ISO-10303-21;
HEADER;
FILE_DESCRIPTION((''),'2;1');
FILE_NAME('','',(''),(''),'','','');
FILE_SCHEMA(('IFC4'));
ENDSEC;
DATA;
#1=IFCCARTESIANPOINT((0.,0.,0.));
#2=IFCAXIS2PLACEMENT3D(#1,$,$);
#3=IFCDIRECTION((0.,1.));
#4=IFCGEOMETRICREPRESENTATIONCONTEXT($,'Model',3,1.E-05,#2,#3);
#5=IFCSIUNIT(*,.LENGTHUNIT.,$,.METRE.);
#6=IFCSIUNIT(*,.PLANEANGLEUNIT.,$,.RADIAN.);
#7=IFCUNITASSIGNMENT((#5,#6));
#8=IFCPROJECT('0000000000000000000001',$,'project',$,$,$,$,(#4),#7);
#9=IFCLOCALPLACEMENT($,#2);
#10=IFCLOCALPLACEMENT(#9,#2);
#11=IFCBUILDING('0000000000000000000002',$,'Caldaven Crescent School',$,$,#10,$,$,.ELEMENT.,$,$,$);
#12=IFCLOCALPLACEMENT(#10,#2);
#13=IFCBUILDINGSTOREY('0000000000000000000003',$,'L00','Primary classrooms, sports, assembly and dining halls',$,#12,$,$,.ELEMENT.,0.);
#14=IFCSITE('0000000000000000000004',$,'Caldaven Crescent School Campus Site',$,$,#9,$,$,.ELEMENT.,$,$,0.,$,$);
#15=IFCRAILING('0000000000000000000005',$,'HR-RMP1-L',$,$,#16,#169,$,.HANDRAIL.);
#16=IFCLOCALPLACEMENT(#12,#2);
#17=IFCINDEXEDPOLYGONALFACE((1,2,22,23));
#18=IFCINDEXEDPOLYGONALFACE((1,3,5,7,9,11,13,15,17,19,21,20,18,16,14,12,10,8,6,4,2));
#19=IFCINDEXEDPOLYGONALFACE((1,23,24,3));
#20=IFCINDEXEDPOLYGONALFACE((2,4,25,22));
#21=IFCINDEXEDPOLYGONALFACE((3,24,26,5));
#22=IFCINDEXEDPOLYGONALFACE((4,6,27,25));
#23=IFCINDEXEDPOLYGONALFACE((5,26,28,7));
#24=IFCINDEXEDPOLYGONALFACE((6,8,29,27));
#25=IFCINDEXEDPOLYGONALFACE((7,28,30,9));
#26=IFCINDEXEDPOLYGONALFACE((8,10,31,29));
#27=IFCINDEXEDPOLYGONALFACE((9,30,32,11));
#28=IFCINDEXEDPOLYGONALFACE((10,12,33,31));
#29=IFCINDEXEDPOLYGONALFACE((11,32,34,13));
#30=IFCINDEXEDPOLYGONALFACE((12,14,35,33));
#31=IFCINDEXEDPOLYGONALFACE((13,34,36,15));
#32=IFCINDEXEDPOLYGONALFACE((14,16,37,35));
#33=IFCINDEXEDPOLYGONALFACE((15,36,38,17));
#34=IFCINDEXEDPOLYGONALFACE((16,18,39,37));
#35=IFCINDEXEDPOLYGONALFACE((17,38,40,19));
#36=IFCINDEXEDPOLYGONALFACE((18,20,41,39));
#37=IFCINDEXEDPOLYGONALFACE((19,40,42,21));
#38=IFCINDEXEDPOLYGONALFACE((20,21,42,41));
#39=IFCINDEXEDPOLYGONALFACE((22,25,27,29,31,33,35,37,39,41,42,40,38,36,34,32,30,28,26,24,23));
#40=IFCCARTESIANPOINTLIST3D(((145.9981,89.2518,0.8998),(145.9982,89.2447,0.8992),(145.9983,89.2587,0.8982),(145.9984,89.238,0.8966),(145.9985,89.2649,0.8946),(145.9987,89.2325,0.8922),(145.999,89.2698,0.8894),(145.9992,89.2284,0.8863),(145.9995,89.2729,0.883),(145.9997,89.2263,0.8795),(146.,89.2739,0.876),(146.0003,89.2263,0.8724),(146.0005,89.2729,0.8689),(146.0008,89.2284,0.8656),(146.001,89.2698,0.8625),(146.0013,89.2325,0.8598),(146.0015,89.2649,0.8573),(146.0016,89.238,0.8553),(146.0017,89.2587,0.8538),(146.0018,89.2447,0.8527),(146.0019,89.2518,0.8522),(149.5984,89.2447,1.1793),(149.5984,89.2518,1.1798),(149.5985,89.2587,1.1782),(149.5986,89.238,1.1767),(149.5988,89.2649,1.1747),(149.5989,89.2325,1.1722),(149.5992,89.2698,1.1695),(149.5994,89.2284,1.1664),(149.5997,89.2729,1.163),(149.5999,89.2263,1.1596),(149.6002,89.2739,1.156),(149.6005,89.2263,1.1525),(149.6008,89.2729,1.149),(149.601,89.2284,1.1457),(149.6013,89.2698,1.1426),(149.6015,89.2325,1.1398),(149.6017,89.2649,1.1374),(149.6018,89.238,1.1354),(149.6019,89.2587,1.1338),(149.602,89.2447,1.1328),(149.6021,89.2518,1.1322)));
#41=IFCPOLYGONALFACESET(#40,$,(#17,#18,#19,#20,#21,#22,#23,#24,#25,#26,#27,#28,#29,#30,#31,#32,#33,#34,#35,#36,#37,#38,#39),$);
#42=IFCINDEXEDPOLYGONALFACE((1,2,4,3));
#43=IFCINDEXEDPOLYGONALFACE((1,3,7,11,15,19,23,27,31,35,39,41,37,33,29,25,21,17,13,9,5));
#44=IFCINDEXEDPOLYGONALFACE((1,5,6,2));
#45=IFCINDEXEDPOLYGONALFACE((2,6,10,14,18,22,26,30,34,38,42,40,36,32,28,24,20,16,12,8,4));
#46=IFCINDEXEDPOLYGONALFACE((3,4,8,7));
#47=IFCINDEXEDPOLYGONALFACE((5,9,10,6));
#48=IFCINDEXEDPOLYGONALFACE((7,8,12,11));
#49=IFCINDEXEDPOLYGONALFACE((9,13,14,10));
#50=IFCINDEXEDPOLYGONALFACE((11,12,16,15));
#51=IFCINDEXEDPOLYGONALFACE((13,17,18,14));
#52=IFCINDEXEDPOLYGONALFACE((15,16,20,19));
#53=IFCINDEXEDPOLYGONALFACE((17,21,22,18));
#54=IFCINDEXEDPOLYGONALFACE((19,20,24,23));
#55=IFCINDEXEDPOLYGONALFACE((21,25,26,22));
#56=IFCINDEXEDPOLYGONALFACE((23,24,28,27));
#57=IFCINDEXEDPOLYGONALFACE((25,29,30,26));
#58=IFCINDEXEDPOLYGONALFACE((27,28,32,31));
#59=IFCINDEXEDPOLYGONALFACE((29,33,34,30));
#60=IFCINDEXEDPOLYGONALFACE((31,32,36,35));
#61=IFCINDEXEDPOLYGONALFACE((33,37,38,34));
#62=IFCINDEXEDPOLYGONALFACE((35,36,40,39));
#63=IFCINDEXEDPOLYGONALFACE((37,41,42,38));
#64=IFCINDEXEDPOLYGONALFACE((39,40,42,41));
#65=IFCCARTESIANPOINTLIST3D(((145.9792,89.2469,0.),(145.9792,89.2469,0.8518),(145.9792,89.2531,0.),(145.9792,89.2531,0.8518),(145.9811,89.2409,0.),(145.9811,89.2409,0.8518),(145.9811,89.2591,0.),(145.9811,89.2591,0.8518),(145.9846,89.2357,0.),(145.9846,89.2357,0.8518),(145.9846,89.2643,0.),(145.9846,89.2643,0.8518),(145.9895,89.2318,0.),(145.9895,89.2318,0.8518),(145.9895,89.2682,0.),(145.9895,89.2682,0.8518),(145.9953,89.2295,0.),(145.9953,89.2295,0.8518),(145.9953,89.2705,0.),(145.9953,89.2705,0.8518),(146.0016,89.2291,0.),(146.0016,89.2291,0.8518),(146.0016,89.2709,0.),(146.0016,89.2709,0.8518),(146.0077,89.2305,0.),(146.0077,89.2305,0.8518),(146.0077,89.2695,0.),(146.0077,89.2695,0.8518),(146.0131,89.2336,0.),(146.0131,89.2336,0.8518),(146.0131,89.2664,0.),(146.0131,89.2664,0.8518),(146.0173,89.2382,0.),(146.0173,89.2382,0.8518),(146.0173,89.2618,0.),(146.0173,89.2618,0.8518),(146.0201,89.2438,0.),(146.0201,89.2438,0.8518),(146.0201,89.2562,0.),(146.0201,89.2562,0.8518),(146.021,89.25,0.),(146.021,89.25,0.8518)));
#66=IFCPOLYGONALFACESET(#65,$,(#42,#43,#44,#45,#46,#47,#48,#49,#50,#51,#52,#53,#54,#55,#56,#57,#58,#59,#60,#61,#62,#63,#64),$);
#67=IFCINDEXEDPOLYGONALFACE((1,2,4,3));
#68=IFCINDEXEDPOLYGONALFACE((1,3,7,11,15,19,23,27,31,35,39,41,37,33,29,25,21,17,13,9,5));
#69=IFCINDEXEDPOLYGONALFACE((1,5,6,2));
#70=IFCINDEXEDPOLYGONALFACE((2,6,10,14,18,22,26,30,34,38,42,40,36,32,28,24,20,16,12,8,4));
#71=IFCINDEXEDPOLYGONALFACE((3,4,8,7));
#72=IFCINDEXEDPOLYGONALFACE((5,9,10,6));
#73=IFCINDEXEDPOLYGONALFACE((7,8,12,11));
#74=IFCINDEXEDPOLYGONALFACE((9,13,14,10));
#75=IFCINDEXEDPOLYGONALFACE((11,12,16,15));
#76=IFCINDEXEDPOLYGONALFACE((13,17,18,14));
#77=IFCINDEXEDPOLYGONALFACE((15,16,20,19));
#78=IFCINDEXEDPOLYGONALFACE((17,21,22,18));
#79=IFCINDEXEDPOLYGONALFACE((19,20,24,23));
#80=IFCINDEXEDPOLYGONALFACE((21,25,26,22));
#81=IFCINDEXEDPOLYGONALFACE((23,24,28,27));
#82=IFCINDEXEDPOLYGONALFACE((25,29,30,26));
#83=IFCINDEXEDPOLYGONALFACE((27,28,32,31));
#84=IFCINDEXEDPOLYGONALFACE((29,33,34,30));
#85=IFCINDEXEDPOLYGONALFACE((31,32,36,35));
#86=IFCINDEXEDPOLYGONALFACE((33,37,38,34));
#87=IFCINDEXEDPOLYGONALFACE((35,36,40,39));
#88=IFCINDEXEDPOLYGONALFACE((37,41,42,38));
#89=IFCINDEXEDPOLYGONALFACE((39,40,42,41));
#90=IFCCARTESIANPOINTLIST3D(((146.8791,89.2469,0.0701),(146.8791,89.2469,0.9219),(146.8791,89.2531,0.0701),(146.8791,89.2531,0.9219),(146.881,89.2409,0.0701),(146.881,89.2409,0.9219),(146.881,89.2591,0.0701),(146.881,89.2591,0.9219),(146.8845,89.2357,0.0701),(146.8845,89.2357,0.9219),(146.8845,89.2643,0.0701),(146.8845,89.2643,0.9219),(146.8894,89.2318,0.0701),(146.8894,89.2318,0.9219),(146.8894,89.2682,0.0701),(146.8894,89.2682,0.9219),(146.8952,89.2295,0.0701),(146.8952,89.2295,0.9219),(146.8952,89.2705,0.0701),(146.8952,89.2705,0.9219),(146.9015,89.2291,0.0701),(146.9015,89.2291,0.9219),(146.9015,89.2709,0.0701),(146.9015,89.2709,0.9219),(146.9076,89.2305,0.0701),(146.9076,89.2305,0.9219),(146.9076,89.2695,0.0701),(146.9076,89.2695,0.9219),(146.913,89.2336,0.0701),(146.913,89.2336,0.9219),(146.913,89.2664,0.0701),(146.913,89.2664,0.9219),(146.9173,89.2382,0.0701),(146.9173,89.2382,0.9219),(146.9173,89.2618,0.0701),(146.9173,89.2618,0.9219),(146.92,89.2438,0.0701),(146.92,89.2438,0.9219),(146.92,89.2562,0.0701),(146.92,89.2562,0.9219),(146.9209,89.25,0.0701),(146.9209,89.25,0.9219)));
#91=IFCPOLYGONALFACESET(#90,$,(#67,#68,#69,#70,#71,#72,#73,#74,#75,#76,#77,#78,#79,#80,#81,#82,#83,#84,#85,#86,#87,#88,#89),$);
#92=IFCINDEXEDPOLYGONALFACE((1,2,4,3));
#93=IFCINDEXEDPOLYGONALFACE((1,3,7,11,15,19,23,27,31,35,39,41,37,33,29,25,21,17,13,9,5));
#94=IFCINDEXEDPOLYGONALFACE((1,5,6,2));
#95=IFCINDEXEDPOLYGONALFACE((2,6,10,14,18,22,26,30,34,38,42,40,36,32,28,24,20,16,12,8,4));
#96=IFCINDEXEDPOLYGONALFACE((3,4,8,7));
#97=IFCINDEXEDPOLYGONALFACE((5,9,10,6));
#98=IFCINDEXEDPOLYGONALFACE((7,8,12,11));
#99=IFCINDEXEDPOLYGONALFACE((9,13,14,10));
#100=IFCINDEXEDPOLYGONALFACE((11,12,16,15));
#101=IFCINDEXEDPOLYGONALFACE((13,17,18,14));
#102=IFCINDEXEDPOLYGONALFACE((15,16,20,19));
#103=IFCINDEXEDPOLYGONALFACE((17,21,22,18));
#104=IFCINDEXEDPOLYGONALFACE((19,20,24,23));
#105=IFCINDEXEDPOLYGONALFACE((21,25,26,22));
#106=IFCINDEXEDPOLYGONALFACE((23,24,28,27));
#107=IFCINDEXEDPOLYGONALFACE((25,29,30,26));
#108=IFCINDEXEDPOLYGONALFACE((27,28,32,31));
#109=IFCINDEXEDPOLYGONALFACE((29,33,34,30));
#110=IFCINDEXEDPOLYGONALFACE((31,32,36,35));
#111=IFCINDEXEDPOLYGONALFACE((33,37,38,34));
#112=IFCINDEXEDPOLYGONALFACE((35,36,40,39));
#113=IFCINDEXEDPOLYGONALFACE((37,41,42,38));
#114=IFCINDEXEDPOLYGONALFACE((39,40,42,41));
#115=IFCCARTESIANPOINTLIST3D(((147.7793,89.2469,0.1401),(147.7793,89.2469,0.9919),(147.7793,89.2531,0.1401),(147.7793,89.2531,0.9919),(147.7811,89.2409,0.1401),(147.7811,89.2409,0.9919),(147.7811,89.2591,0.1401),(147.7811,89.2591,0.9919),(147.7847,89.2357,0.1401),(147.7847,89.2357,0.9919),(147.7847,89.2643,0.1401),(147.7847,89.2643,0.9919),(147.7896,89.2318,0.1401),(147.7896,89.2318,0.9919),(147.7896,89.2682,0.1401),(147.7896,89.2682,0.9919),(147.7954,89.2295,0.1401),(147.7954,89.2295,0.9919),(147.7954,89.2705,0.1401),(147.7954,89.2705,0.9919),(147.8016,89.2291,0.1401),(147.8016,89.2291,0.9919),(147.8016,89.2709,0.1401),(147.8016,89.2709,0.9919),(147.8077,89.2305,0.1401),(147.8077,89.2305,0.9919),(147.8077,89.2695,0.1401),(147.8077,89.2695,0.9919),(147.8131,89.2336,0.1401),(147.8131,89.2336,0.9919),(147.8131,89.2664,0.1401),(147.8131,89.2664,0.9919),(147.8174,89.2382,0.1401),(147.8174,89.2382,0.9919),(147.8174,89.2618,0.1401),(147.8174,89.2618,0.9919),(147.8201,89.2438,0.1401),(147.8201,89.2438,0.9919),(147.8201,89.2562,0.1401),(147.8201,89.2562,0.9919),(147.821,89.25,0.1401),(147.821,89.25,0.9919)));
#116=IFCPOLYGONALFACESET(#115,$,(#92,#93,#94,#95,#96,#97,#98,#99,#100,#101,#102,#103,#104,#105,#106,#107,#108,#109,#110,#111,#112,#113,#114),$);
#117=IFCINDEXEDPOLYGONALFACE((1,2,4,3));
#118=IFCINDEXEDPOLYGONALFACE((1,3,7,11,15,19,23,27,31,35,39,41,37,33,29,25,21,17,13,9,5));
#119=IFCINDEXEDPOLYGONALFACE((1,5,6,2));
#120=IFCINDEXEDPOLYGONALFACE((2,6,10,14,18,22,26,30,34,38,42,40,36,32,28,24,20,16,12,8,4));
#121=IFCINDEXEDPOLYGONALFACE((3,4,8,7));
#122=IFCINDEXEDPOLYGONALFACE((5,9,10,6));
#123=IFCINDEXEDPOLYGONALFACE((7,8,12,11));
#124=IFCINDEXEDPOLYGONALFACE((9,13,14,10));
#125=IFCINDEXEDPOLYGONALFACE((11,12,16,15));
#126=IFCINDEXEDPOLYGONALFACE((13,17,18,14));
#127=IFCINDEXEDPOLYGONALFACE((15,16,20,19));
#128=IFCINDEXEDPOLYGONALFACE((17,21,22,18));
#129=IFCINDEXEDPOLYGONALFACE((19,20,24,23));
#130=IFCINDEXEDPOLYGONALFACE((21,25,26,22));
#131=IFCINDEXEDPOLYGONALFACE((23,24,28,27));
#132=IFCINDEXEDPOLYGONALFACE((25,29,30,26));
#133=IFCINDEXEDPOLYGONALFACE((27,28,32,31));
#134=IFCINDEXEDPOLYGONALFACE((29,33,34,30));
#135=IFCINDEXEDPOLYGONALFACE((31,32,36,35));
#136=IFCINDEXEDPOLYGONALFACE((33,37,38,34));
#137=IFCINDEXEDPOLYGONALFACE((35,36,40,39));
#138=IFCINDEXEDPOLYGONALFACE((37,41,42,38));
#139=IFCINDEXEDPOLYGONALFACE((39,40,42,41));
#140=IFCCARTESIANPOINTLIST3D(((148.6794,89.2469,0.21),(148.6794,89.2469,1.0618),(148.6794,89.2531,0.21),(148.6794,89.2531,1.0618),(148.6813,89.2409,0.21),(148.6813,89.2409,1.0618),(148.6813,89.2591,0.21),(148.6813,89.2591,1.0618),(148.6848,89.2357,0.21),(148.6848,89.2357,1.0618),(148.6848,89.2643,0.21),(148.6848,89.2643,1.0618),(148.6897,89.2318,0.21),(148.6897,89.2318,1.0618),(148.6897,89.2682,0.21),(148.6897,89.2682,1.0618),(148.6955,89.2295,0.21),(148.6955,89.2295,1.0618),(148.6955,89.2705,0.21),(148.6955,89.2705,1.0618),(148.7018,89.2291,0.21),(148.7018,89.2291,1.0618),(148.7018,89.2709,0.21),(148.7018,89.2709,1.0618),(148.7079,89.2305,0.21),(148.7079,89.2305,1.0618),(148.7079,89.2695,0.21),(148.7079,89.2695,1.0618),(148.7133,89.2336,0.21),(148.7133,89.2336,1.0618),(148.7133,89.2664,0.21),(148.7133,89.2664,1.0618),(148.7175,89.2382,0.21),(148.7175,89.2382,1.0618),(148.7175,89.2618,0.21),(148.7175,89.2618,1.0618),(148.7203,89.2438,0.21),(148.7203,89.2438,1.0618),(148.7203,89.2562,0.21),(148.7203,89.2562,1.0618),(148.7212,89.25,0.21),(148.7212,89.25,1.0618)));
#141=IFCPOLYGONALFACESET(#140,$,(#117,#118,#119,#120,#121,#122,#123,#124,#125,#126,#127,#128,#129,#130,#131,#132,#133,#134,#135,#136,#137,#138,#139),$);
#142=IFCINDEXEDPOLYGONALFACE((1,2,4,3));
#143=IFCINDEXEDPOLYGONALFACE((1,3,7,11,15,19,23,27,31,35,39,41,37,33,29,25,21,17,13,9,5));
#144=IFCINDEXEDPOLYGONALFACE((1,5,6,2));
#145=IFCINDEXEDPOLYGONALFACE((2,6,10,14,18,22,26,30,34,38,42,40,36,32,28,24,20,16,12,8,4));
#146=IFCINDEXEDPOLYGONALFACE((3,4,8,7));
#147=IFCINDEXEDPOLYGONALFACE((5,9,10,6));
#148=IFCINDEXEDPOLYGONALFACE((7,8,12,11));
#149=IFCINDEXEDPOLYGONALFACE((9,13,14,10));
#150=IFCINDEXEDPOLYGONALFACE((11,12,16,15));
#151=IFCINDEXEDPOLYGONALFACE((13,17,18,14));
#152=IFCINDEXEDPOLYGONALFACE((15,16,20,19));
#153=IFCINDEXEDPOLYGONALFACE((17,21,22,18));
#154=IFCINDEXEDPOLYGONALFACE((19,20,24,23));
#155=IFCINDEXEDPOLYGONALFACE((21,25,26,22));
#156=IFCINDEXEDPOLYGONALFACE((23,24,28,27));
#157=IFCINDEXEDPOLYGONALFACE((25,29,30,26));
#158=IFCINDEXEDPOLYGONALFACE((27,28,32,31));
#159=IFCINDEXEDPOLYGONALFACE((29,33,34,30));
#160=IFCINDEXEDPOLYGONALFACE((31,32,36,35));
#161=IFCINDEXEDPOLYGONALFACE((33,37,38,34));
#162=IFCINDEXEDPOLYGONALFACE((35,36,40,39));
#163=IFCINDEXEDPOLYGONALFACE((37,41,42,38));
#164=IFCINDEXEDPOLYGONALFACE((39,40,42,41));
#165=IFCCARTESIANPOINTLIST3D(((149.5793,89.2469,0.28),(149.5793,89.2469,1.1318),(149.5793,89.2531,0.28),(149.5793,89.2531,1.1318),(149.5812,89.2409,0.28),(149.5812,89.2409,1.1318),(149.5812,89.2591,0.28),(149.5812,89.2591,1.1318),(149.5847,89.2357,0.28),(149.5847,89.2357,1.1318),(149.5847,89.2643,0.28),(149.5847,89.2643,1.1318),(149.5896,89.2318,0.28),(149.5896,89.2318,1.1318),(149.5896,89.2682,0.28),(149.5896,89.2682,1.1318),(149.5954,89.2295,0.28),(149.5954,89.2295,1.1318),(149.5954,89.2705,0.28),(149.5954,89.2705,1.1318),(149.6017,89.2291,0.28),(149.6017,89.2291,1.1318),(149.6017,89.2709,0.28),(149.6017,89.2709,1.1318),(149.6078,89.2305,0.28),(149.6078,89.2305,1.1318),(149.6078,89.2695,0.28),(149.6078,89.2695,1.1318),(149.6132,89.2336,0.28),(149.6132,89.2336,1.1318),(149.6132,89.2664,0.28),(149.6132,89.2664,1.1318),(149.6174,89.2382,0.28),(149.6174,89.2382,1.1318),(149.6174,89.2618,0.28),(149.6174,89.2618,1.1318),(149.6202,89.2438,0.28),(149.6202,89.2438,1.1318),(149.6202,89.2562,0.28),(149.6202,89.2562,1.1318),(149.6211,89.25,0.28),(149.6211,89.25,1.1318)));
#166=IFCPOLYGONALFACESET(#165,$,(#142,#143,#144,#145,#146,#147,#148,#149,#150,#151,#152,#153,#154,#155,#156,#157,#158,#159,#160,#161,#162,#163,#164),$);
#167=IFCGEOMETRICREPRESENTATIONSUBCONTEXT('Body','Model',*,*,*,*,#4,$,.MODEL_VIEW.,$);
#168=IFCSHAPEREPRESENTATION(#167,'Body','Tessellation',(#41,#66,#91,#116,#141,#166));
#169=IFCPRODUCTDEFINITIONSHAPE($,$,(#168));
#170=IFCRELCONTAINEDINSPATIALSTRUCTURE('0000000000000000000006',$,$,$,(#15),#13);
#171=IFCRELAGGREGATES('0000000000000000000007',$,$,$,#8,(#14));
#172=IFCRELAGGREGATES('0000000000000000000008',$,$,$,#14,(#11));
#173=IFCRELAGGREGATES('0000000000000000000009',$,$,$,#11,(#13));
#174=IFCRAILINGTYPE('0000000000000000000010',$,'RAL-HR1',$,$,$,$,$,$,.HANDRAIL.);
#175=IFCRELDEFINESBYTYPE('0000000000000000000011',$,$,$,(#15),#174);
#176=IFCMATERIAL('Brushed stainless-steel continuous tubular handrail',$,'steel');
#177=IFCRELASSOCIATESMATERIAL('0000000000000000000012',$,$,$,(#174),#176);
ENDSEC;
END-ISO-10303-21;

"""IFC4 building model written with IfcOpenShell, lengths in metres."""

from ifc_helpers import new_model, si_unit, direction, frame, origin, origin_2d, place, context, subcontext, project, spatial, circle, extrude, material, type_object, element, save


model = new_model("IFC4")

# Units and contexts
model_context = context("Model", 3, precision=1e-05, world=origin(), true_north=direction((0.0, 1.0)))
body_context = subcontext(model_context, "Body", "Model", "MODEL_VIEW")
ifc_project = project(units=[si_unit("LENGTHUNIT", "METRE"), si_unit("PLANEANGLEUNIT", "RADIAN")], contexts=[model_context])

# Site, building, storey
site_placement = place(None, origin())
site = spatial("IfcSite", under=ifc_project, at=site_placement, Name="Caldaven Crescent School Campus Site", CompositionType="ELEMENT", RefElevation=0.0)
building_placement = place(site_placement, origin())
building = spatial("IfcBuilding", under=site, at=building_placement, Name="Caldaven Crescent School", CompositionType="ELEMENT")
storey_placement = place(building_placement, origin())
storey = spatial("IfcBuildingStorey", under=building, at=storey_placement, Name="L00", Description="Primary classrooms, sports, assembly and dining halls", CompositionType="ELEMENT", Elevation=0.0)

# Railing
ifc_material_1 = material(Name="Brushed stainless-steel continuous tubular handrail", Category="steel")
railing_type = type_object("IfcRailingType", Name="RAL-HR1", PredefinedType="HANDRAIL", material=ifc_material_1)
railing_placement = place(storey_placement, frame((146.0, 89.25, 0.0)))
element("IfcRailing", 1, at=railing_placement, inside=storey, type_object=railing_type, Name="HR-RMP1-L", PredefinedType="HANDRAIL", context=body_context, shape_type="SweptSolid", body=[
    extrude(circle(Radius=0.0239, at=origin_2d()), frame((0.0, 0.0, 0.876), z_axis=(0.996988, 0.0, 0.07755), x_axis=(0.0, 1.0, 0.0)), (0.0, 0.0, 1.0), 3.6111),
    extrude(circle(Radius=0.021, at=origin_2d()), origin(), (0.0, 0.0, 1.0), 0.8518),
    extrude(circle(Radius=0.021, at=origin_2d()), frame((0.8999, 0.0, 0.0701)), (0.0, 0.0, 1.0), 0.8518),
    extrude(circle(Radius=0.021, at=origin_2d()), frame((1.8, 0.0, 0.1401)), (0.0, 0.0, 1.0), 0.8518),
    extrude(circle(Radius=0.021, at=origin_2d()), frame((2.7002, 0.0, 0.21)), (0.0, 0.0, 1.0), 0.8518),
    extrude(circle(Radius=0.021, at=origin_2d()), frame((3.6001, 0.0, 0.28)), (0.0, 0.0, 1.0), 0.8518),
])

save(model, "model.ifc")
